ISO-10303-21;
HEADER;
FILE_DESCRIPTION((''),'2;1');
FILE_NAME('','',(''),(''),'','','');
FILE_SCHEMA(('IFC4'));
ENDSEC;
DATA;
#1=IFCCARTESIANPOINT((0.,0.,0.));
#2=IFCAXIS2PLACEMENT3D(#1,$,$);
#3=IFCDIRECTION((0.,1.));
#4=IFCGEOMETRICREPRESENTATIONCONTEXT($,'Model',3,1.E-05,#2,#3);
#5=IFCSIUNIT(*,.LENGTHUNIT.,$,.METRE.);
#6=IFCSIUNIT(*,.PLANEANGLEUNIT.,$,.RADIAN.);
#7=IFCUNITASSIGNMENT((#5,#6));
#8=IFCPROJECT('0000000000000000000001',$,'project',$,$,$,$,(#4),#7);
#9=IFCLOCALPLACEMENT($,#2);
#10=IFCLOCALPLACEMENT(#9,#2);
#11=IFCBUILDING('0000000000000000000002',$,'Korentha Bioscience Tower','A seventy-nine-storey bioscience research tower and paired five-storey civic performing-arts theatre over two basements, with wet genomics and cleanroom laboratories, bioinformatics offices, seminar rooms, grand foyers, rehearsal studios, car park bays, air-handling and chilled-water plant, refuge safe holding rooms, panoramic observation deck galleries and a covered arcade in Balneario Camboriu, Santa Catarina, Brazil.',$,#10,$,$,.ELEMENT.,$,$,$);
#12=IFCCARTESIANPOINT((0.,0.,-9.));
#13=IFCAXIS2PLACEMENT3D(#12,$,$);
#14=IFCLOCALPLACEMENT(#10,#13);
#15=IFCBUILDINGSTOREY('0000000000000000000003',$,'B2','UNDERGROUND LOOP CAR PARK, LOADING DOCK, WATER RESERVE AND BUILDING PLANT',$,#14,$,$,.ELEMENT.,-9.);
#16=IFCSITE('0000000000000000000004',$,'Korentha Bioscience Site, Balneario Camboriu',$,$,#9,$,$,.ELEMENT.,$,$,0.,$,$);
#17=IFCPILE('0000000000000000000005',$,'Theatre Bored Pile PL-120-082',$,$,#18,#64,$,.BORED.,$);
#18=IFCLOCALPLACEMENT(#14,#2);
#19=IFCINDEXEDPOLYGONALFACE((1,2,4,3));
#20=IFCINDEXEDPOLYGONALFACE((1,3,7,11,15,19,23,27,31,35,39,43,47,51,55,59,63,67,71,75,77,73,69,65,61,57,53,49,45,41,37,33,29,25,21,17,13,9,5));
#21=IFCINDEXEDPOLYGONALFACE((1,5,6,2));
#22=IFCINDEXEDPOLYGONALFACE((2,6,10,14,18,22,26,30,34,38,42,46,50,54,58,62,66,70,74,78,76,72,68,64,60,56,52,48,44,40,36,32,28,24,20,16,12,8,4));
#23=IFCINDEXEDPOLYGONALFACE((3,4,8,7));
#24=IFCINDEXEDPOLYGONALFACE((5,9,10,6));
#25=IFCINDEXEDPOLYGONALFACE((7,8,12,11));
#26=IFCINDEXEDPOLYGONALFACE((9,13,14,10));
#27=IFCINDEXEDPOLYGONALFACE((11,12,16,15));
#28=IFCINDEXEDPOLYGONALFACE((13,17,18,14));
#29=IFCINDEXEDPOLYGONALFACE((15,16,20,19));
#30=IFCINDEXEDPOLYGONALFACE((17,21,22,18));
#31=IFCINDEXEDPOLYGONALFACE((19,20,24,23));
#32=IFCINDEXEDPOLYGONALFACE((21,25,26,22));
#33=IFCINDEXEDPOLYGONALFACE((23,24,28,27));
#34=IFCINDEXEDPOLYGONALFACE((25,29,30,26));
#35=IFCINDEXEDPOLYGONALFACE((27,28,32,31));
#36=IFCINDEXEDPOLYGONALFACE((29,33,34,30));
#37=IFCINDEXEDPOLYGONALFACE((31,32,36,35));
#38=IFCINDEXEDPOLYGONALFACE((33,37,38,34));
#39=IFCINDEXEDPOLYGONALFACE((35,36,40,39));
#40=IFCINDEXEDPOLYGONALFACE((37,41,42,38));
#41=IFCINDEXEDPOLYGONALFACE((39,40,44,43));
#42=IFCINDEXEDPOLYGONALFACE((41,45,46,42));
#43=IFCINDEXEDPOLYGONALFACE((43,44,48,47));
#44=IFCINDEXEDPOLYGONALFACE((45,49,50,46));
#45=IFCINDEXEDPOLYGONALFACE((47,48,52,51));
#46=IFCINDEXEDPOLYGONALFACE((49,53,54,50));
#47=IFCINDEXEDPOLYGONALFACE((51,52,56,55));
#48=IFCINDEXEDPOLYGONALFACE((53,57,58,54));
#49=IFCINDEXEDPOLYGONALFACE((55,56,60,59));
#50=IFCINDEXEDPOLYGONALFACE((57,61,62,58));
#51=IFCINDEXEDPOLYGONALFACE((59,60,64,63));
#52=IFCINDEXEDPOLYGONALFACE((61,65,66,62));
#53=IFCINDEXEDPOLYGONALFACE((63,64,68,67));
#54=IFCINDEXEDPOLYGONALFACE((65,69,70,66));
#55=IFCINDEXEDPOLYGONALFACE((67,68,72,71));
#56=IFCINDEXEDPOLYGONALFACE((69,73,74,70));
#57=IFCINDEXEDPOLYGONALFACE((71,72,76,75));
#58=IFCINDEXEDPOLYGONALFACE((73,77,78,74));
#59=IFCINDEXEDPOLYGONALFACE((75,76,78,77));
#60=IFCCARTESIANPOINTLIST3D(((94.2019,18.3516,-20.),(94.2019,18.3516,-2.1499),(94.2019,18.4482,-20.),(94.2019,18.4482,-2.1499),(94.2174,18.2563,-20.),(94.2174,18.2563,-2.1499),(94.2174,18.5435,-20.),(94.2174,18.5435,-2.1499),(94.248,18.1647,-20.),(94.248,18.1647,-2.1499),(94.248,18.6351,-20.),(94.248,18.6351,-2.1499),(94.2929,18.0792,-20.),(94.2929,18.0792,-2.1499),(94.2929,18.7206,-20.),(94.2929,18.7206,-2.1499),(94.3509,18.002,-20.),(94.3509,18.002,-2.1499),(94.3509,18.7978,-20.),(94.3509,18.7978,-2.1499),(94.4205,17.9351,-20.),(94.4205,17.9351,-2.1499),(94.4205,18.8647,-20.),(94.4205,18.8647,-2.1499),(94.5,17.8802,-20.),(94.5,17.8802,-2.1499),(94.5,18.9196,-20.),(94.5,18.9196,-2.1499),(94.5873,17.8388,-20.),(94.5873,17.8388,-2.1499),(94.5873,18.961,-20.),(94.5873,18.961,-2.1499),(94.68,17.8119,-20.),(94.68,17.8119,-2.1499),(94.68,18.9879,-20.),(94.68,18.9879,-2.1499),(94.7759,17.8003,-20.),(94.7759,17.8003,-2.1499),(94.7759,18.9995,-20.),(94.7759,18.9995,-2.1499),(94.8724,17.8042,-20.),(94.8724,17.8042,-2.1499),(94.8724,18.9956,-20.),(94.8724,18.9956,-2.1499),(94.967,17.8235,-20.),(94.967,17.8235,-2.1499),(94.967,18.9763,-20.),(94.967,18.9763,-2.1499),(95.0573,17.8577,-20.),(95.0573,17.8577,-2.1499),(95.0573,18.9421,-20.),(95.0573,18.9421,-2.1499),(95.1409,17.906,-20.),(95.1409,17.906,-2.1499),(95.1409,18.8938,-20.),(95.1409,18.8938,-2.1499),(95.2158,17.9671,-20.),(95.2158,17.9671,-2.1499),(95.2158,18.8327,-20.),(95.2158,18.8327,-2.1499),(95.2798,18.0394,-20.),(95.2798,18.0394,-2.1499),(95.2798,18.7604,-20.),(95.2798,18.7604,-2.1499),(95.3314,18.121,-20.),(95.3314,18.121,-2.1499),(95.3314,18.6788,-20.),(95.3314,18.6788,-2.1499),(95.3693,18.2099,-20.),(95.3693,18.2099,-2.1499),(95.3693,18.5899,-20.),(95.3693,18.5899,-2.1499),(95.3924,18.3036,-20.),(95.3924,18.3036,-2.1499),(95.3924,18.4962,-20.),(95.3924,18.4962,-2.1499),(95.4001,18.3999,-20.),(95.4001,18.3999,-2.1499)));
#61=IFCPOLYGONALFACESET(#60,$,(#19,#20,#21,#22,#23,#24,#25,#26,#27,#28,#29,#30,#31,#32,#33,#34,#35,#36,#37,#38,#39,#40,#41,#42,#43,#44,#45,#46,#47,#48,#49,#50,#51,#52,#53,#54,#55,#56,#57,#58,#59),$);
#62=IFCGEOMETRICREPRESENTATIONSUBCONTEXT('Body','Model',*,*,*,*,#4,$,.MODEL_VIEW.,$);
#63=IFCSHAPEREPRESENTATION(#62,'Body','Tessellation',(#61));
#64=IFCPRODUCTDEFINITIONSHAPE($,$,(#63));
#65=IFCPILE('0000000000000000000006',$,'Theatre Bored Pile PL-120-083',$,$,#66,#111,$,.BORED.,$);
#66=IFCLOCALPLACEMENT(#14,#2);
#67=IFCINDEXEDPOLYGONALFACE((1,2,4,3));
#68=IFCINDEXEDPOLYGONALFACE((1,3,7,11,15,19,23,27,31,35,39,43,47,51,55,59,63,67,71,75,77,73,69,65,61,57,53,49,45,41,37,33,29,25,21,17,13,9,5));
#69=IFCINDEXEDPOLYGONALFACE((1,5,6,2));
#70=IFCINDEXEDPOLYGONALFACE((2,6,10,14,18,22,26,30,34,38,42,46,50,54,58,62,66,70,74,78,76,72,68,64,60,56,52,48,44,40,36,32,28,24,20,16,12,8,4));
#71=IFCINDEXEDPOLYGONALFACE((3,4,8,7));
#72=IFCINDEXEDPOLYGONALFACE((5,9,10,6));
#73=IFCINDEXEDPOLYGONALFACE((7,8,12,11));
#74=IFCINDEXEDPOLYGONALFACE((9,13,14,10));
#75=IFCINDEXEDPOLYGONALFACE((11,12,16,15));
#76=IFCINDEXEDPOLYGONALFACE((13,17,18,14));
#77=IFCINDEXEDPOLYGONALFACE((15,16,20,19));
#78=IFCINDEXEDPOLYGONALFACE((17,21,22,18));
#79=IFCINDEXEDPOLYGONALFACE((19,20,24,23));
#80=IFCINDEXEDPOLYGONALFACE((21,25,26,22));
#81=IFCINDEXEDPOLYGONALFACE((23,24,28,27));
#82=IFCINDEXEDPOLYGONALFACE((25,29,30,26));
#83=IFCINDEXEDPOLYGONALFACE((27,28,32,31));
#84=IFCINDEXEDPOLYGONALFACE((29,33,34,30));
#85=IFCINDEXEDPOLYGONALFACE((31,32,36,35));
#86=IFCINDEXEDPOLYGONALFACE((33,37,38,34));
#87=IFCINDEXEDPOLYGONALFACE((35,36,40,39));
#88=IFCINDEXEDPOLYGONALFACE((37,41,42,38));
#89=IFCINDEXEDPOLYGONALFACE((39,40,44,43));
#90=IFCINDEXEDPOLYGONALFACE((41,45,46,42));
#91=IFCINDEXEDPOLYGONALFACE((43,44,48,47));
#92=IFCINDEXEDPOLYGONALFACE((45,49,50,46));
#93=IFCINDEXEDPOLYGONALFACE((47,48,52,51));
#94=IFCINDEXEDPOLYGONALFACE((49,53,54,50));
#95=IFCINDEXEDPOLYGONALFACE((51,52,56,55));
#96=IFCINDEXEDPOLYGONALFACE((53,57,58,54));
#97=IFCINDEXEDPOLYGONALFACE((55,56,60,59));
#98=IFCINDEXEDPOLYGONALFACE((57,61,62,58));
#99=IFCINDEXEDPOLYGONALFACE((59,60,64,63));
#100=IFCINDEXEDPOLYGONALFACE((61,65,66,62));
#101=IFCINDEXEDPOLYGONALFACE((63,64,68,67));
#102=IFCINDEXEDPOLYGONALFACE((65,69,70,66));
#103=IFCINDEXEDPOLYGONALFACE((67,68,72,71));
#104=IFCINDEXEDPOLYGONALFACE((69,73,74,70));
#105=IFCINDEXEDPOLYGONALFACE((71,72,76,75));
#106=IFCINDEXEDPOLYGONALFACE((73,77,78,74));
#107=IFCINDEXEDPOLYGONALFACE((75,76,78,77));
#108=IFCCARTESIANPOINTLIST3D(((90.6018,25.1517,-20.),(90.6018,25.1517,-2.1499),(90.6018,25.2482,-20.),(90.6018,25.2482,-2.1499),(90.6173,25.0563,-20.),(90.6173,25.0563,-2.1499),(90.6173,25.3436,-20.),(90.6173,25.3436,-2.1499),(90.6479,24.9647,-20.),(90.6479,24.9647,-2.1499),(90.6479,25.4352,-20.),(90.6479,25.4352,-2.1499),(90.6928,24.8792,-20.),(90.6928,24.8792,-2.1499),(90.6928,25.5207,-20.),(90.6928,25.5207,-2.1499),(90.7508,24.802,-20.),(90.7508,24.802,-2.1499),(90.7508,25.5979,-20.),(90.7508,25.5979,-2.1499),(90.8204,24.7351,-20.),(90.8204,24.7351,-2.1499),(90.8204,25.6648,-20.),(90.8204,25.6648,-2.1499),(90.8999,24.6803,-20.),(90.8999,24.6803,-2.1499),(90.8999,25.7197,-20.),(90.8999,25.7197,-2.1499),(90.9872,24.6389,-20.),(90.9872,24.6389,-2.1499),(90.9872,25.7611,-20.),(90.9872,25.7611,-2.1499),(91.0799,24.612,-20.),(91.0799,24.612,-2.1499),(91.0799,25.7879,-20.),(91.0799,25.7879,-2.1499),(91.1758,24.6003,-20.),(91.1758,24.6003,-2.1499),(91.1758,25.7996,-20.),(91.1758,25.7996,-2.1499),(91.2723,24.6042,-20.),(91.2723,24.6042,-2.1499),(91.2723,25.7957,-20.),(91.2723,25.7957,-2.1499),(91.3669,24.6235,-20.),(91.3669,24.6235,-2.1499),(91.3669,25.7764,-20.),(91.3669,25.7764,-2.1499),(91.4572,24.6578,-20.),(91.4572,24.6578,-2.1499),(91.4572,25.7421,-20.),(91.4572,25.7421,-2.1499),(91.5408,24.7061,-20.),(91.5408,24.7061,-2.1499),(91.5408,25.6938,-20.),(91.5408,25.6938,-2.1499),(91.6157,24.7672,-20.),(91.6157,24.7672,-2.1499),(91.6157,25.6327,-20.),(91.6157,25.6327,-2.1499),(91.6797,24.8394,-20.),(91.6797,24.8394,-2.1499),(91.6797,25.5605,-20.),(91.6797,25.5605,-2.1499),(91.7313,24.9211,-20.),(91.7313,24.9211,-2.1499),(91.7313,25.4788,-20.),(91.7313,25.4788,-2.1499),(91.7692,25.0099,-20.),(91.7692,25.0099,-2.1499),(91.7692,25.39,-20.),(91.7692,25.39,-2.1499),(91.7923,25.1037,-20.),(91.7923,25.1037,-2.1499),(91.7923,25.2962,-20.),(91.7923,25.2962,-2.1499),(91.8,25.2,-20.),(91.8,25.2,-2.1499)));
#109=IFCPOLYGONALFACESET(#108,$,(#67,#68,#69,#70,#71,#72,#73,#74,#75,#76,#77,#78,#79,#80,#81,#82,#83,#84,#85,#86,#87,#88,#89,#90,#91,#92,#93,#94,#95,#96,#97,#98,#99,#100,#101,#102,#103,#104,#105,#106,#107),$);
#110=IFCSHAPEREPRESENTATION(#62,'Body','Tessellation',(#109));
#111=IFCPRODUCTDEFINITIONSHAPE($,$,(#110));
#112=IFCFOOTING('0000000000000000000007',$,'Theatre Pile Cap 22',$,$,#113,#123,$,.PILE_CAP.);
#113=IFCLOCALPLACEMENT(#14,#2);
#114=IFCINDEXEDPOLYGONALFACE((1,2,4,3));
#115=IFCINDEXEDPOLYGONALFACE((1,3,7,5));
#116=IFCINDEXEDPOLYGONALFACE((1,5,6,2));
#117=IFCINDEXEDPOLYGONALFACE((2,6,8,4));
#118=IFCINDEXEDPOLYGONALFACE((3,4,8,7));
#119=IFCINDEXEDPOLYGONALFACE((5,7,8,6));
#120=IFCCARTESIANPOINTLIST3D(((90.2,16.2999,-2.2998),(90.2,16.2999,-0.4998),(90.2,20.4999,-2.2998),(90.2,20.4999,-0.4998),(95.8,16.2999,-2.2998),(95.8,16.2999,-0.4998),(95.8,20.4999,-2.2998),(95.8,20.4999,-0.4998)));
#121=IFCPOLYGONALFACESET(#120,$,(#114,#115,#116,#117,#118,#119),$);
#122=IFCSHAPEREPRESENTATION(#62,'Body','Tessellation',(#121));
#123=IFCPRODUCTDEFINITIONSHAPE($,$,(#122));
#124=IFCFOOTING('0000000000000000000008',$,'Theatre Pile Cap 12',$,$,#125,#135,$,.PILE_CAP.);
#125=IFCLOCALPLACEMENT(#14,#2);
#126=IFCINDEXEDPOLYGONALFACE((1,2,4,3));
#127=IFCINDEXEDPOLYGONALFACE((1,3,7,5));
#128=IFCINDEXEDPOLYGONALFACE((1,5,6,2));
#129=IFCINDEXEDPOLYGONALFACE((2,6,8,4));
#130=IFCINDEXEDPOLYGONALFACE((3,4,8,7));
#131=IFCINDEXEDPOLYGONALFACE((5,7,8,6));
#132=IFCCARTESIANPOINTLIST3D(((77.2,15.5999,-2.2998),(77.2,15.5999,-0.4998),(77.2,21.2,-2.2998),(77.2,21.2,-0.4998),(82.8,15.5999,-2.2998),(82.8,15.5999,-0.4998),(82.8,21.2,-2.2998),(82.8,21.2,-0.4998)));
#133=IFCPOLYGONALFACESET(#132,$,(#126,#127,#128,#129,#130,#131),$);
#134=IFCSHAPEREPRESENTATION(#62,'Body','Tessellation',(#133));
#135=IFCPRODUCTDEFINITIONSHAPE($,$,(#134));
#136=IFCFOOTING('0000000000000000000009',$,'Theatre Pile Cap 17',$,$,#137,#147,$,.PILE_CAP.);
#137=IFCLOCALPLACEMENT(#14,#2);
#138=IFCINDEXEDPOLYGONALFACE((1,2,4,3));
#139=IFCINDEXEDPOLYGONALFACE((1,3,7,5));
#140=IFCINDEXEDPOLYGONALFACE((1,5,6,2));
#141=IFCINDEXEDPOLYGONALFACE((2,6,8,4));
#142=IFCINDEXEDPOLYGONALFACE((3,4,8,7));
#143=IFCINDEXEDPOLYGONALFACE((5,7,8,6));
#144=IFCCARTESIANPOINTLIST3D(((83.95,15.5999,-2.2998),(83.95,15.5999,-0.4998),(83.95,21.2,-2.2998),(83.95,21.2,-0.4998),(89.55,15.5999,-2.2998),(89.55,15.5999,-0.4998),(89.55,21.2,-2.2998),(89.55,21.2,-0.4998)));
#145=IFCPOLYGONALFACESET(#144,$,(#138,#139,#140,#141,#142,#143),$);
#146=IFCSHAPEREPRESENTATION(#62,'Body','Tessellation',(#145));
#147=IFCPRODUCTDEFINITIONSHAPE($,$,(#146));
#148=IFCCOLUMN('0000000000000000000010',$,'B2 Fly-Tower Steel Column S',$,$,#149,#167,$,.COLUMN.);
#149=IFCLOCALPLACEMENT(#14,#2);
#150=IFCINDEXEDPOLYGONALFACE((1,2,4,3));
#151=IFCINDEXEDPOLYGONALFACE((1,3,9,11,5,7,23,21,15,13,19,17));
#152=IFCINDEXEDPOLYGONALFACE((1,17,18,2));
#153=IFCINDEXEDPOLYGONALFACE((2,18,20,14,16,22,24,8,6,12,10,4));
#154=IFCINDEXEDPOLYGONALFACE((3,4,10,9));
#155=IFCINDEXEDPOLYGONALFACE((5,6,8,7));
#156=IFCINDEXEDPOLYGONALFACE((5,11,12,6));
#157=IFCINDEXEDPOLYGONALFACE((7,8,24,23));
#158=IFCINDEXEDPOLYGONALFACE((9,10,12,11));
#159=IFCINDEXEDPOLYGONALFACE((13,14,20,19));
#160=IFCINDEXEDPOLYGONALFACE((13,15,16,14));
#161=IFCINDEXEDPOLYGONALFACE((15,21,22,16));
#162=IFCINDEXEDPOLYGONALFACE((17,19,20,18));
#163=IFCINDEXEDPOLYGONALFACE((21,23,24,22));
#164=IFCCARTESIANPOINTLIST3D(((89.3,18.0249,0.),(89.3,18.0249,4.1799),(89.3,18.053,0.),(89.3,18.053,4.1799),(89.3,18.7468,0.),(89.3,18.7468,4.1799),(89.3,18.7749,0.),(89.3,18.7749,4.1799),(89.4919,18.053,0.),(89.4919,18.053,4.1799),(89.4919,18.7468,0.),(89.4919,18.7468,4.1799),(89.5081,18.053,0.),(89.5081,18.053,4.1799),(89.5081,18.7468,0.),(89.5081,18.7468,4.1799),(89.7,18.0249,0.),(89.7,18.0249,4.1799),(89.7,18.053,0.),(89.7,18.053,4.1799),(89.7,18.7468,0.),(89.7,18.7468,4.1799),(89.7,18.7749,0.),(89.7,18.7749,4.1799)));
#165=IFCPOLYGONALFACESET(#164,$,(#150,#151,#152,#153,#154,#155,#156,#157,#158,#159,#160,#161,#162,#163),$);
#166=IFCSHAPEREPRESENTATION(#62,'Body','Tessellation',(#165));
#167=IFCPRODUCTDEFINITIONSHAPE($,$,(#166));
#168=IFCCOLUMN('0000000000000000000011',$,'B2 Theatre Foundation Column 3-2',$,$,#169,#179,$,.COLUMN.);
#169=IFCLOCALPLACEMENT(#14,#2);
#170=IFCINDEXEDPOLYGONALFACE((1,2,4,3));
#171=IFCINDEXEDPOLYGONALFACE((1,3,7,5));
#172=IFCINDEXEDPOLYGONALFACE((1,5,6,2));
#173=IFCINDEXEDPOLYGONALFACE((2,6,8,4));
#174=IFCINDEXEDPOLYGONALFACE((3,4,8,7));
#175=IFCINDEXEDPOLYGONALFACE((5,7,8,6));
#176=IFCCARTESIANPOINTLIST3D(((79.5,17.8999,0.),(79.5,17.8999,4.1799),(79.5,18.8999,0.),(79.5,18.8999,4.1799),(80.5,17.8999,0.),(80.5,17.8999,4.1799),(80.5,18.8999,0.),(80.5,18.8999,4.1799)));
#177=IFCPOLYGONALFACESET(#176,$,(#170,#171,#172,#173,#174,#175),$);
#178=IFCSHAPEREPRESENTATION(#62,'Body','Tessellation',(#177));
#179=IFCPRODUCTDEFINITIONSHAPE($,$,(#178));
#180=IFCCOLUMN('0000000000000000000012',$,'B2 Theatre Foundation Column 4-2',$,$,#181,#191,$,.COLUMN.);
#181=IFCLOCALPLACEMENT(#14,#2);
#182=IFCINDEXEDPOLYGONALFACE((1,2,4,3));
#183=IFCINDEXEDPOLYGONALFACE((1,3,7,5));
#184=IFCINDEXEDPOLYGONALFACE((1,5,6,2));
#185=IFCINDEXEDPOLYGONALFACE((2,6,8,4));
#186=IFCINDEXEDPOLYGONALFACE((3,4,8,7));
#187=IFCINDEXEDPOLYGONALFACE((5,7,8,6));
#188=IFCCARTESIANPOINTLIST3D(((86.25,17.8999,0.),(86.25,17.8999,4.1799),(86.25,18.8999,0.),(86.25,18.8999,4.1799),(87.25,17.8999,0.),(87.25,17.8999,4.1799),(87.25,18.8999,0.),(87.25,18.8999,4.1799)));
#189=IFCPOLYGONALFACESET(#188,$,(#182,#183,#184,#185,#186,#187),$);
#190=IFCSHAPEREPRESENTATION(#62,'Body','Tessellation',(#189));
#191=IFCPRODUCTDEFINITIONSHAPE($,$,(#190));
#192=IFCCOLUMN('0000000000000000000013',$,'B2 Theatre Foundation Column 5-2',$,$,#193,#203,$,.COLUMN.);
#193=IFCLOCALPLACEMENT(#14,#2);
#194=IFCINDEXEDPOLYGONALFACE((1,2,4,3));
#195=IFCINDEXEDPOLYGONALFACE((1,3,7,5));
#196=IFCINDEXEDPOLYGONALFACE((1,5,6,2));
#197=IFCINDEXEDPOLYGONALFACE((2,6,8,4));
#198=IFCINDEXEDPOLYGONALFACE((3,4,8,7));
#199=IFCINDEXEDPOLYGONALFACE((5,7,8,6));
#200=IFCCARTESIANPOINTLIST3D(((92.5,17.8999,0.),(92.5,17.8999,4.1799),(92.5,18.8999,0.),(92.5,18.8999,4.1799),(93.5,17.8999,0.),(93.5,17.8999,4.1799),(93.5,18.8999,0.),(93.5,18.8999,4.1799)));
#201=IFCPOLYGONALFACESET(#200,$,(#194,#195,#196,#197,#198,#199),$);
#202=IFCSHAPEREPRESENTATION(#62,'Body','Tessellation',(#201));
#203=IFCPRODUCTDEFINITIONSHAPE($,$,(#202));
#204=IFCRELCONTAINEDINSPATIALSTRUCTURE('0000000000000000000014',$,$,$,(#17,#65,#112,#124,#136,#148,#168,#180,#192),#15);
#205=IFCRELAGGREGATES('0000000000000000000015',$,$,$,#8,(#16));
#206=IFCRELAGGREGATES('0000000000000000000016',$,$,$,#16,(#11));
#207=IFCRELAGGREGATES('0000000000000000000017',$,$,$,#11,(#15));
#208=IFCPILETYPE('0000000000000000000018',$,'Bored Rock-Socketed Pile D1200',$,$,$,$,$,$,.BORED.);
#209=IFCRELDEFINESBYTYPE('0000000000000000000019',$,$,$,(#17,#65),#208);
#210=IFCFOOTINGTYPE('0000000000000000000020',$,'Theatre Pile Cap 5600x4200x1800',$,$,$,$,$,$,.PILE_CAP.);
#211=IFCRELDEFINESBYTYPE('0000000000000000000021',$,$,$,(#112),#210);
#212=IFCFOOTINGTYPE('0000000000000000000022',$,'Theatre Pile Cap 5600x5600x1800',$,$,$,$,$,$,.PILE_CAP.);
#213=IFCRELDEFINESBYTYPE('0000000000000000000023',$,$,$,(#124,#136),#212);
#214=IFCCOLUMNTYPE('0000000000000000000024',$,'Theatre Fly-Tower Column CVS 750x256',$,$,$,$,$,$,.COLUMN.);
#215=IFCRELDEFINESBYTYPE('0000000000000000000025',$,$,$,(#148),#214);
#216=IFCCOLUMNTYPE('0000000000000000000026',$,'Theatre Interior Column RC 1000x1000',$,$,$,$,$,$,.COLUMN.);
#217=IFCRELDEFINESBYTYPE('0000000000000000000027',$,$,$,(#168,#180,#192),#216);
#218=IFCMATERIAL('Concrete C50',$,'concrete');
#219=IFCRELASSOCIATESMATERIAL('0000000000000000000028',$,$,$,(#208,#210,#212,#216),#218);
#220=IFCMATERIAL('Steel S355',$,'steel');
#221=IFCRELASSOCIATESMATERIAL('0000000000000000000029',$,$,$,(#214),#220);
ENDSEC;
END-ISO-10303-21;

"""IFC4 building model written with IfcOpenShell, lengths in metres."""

from ifc_helpers import new_model, si_unit, direction, frame, origin, origin_2d, place, context, subcontext, project, spatial, rectangle, circle, i_section, extrude, material, material_profile, profile_set, type_object, element, save


model = new_model("IFC4")

# Units and contexts
model_context = context("Model", 3, precision=1e-05, world=origin(), true_north=direction((0.0, 1.0)))
body_context = subcontext(model_context, "Body", "Model", "MODEL_VIEW")
ifc_project = project(units=[si_unit("LENGTHUNIT", "METRE"), si_unit("PLANEANGLEUNIT", "RADIAN")], contexts=[model_context])

# Site, building, storey
site_placement = place(None, origin())
site = spatial("IfcSite", under=ifc_project, at=site_placement, Name="Korentha Bioscience Site, Balneario Camboriu", CompositionType="ELEMENT", RefElevation=0.0)
building_placement = place(site_placement, origin())
building = spatial("IfcBuilding", under=site, at=building_placement, Name="Korentha Bioscience Tower", Description="A seventy-nine-storey bioscience research tower and paired five-storey civic performing-arts theatre over two basements, with wet genomics and cleanroom laboratories, bioinformatics offices, seminar rooms, grand foyers, rehearsal studios, car park bays, air-handling and chilled-water plant, refuge safe holding rooms, panoramic observation deck galleries and a covered arcade in Balneario Camboriu, Santa Catarina, Brazil.", CompositionType="ELEMENT")
storey_placement = place(building_placement, frame((0.0, 0.0, -9.0)))
storey = spatial("IfcBuildingStorey", under=building, at=storey_placement, Name="B2", Description="UNDERGROUND LOOP CAR PARK, LOADING DOCK, WATER RESERVE AND BUILDING PLANT", CompositionType="ELEMENT", Elevation=-9.0)

# Piles
ifc_material_1 = material(Name="Concrete C50", Category="concrete")
ifc_material_profile_1 = material_profile(ifc_material_1, circle(Radius=0.6001, at=origin_2d()), Name="Concrete C50")
ifc_profile_set_1 = profile_set([ifc_material_profile_1], Name="Concrete C50 (PL-120)")
pile_type = type_object("IfcPileType", Name="Bored Rock-Socketed Pile D1200", PredefinedType="BORED", material=ifc_profile_set_1)
for number, where, z_axis, x_axis, name in (
    (1, (94.8, 18.3999, -2.1499), (0.0, 0.0, -1.0), (1.0, 0.0, 0.0), "Theatre Bored Pile PL-120-082"),
    (2, (91.2, 25.2, -2.1499), (0.0, 0.0, -1.0), (1.0, 0.0, 0.0), "Theatre Bored Pile PL-120-083"),
):
    element("IfcPile", number, at=place(storey_placement, frame(where, z_axis=z_axis, x_axis=x_axis)), inside=storey, type_object=pile_type, Name=name, PredefinedType="BORED", context=body_context, shape_type="SweptSolid", body=[
        extrude(circle(Radius=0.6001, at=origin_2d()), origin(), (0.0, 0.0, 1.0), 17.8501),
    ])

# Footings
footing_type_1 = type_object("IfcFootingType", Name="Theatre Pile Cap 5600x4200x1800", PredefinedType="PILE_CAP", material=ifc_material_1)
footing_placement = place(storey_placement, frame((93.0, 18.3999, -2.2998), z_axis=(0.0, 0.0, 1.0), x_axis=(1.0, 0.0, 0.0)))
element("IfcFooting", 3, at=footing_placement, inside=storey, type_object=footing_type_1, Name="Theatre Pile Cap 22", PredefinedType="PILE_CAP", context=body_context, shape_type="SweptSolid", body=[
    extrude(rectangle(XDim=5.6001, YDim=4.2, at=origin_2d()), origin(), (0.0, 0.0, 1.0), 1.8),
])
footing_type_2 = type_object("IfcFootingType", Name="Theatre Pile Cap 5600x5600x1800", PredefinedType="PILE_CAP", material=ifc_material_1)
for number, where, z_axis, x_axis, name in (
    (4, (80.0, 18.3999, -2.2998), (0.0, 0.0, 1.0), (1.0, 0.0, 0.0), "Theatre Pile Cap 12"),
    (5, (86.75, 18.3999, -2.2998), (0.0, 0.0, 1.0), (1.0, 0.0, 0.0), "Theatre Pile Cap 17"),
):
    element("IfcFooting", number, at=place(storey_placement, frame(where, z_axis=z_axis, x_axis=x_axis)), inside=storey, type_object=footing_type_2, Name=name, PredefinedType="PILE_CAP", context=body_context, shape_type="SweptSolid", body=[
        extrude(rectangle(XDim=5.6001, YDim=5.6001, at=origin_2d()), origin(), (0.0, 0.0, 1.0), 1.8),
    ])

# Columns
ifc_material_2 = material(Name="Steel S355", Category="steel")
ifc_material_profile_2 = material_profile(ifc_material_2, i_section(OverallWidth=0.3999, OverallDepth=0.75, WebThickness=0.0161, FlangeThickness=0.0281, at=origin_2d()), Name="Steel S355")
ifc_profile_set_2 = profile_set([ifc_material_profile_2], Name="Steel S355 (TC-02)")
column_type_1 = type_object("IfcColumnType", Name="Theatre Fly-Tower Column CVS 750x256", PredefinedType="COLUMN", material=ifc_profile_set_2)
column_placement = place(storey_placement, frame((89.5, 18.3999, 0.0), z_axis=(0.0, 0.0, 1.0), x_axis=(1.0, 0.0, 0.0)))
element("IfcColumn", 6, at=column_placement, inside=storey, type_object=column_type_1, Name="B2 Fly-Tower Steel Column S", PredefinedType="COLUMN", context=body_context, shape_type="SweptSolid", body=[
    extrude(i_section(OverallWidth=0.3999, OverallDepth=0.75, WebThickness=0.0161, FlangeThickness=0.0281, at=origin_2d()), origin(), (0.0, 0.0, 1.0), 4.1799),
])
ifc_material_profile_3 = material_profile(ifc_material_1, rectangle(XDim=1.0, YDim=1.0, at=origin_2d()), Name="Concrete C50")
ifc_profile_set_3 = profile_set([ifc_material_profile_3], Name="Concrete C50 (TC-I01)")
column_type_2 = type_object("IfcColumnType", Name="Theatre Interior Column RC 1000x1000", PredefinedType="COLUMN", material=ifc_profile_set_3)
for number, where, z_axis, x_axis, name in (
    (7, (80.0, 18.3999, 0.0), (0.0, 0.0, 1.0), (1.0, 0.0, 0.0), "B2 Theatre Foundation Column 3-2"),
    (8, (86.75, 18.3999, 0.0), (0.0, 0.0, 1.0), (1.0, 0.0, 0.0), "B2 Theatre Foundation Column 4-2"),
    (9, (93.0, 18.3999, 0.0), (0.0, 0.0, 1.0), (1.0, 0.0, 0.0), "B2 Theatre Foundation Column 5-2"),
):
    element("IfcColumn", number, at=place(storey_placement, frame(where, z_axis=z_axis, x_axis=x_axis)), inside=storey, type_object=column_type_2, Name=name, PredefinedType="COLUMN", context=body_context, shape_type="SweptSolid", body=[
        extrude(rectangle(XDim=1.0, YDim=1.0, at=origin_2d()), origin(), (0.0, 0.0, 1.0), 4.1799),
    ])

save(model, "model.ifc")
